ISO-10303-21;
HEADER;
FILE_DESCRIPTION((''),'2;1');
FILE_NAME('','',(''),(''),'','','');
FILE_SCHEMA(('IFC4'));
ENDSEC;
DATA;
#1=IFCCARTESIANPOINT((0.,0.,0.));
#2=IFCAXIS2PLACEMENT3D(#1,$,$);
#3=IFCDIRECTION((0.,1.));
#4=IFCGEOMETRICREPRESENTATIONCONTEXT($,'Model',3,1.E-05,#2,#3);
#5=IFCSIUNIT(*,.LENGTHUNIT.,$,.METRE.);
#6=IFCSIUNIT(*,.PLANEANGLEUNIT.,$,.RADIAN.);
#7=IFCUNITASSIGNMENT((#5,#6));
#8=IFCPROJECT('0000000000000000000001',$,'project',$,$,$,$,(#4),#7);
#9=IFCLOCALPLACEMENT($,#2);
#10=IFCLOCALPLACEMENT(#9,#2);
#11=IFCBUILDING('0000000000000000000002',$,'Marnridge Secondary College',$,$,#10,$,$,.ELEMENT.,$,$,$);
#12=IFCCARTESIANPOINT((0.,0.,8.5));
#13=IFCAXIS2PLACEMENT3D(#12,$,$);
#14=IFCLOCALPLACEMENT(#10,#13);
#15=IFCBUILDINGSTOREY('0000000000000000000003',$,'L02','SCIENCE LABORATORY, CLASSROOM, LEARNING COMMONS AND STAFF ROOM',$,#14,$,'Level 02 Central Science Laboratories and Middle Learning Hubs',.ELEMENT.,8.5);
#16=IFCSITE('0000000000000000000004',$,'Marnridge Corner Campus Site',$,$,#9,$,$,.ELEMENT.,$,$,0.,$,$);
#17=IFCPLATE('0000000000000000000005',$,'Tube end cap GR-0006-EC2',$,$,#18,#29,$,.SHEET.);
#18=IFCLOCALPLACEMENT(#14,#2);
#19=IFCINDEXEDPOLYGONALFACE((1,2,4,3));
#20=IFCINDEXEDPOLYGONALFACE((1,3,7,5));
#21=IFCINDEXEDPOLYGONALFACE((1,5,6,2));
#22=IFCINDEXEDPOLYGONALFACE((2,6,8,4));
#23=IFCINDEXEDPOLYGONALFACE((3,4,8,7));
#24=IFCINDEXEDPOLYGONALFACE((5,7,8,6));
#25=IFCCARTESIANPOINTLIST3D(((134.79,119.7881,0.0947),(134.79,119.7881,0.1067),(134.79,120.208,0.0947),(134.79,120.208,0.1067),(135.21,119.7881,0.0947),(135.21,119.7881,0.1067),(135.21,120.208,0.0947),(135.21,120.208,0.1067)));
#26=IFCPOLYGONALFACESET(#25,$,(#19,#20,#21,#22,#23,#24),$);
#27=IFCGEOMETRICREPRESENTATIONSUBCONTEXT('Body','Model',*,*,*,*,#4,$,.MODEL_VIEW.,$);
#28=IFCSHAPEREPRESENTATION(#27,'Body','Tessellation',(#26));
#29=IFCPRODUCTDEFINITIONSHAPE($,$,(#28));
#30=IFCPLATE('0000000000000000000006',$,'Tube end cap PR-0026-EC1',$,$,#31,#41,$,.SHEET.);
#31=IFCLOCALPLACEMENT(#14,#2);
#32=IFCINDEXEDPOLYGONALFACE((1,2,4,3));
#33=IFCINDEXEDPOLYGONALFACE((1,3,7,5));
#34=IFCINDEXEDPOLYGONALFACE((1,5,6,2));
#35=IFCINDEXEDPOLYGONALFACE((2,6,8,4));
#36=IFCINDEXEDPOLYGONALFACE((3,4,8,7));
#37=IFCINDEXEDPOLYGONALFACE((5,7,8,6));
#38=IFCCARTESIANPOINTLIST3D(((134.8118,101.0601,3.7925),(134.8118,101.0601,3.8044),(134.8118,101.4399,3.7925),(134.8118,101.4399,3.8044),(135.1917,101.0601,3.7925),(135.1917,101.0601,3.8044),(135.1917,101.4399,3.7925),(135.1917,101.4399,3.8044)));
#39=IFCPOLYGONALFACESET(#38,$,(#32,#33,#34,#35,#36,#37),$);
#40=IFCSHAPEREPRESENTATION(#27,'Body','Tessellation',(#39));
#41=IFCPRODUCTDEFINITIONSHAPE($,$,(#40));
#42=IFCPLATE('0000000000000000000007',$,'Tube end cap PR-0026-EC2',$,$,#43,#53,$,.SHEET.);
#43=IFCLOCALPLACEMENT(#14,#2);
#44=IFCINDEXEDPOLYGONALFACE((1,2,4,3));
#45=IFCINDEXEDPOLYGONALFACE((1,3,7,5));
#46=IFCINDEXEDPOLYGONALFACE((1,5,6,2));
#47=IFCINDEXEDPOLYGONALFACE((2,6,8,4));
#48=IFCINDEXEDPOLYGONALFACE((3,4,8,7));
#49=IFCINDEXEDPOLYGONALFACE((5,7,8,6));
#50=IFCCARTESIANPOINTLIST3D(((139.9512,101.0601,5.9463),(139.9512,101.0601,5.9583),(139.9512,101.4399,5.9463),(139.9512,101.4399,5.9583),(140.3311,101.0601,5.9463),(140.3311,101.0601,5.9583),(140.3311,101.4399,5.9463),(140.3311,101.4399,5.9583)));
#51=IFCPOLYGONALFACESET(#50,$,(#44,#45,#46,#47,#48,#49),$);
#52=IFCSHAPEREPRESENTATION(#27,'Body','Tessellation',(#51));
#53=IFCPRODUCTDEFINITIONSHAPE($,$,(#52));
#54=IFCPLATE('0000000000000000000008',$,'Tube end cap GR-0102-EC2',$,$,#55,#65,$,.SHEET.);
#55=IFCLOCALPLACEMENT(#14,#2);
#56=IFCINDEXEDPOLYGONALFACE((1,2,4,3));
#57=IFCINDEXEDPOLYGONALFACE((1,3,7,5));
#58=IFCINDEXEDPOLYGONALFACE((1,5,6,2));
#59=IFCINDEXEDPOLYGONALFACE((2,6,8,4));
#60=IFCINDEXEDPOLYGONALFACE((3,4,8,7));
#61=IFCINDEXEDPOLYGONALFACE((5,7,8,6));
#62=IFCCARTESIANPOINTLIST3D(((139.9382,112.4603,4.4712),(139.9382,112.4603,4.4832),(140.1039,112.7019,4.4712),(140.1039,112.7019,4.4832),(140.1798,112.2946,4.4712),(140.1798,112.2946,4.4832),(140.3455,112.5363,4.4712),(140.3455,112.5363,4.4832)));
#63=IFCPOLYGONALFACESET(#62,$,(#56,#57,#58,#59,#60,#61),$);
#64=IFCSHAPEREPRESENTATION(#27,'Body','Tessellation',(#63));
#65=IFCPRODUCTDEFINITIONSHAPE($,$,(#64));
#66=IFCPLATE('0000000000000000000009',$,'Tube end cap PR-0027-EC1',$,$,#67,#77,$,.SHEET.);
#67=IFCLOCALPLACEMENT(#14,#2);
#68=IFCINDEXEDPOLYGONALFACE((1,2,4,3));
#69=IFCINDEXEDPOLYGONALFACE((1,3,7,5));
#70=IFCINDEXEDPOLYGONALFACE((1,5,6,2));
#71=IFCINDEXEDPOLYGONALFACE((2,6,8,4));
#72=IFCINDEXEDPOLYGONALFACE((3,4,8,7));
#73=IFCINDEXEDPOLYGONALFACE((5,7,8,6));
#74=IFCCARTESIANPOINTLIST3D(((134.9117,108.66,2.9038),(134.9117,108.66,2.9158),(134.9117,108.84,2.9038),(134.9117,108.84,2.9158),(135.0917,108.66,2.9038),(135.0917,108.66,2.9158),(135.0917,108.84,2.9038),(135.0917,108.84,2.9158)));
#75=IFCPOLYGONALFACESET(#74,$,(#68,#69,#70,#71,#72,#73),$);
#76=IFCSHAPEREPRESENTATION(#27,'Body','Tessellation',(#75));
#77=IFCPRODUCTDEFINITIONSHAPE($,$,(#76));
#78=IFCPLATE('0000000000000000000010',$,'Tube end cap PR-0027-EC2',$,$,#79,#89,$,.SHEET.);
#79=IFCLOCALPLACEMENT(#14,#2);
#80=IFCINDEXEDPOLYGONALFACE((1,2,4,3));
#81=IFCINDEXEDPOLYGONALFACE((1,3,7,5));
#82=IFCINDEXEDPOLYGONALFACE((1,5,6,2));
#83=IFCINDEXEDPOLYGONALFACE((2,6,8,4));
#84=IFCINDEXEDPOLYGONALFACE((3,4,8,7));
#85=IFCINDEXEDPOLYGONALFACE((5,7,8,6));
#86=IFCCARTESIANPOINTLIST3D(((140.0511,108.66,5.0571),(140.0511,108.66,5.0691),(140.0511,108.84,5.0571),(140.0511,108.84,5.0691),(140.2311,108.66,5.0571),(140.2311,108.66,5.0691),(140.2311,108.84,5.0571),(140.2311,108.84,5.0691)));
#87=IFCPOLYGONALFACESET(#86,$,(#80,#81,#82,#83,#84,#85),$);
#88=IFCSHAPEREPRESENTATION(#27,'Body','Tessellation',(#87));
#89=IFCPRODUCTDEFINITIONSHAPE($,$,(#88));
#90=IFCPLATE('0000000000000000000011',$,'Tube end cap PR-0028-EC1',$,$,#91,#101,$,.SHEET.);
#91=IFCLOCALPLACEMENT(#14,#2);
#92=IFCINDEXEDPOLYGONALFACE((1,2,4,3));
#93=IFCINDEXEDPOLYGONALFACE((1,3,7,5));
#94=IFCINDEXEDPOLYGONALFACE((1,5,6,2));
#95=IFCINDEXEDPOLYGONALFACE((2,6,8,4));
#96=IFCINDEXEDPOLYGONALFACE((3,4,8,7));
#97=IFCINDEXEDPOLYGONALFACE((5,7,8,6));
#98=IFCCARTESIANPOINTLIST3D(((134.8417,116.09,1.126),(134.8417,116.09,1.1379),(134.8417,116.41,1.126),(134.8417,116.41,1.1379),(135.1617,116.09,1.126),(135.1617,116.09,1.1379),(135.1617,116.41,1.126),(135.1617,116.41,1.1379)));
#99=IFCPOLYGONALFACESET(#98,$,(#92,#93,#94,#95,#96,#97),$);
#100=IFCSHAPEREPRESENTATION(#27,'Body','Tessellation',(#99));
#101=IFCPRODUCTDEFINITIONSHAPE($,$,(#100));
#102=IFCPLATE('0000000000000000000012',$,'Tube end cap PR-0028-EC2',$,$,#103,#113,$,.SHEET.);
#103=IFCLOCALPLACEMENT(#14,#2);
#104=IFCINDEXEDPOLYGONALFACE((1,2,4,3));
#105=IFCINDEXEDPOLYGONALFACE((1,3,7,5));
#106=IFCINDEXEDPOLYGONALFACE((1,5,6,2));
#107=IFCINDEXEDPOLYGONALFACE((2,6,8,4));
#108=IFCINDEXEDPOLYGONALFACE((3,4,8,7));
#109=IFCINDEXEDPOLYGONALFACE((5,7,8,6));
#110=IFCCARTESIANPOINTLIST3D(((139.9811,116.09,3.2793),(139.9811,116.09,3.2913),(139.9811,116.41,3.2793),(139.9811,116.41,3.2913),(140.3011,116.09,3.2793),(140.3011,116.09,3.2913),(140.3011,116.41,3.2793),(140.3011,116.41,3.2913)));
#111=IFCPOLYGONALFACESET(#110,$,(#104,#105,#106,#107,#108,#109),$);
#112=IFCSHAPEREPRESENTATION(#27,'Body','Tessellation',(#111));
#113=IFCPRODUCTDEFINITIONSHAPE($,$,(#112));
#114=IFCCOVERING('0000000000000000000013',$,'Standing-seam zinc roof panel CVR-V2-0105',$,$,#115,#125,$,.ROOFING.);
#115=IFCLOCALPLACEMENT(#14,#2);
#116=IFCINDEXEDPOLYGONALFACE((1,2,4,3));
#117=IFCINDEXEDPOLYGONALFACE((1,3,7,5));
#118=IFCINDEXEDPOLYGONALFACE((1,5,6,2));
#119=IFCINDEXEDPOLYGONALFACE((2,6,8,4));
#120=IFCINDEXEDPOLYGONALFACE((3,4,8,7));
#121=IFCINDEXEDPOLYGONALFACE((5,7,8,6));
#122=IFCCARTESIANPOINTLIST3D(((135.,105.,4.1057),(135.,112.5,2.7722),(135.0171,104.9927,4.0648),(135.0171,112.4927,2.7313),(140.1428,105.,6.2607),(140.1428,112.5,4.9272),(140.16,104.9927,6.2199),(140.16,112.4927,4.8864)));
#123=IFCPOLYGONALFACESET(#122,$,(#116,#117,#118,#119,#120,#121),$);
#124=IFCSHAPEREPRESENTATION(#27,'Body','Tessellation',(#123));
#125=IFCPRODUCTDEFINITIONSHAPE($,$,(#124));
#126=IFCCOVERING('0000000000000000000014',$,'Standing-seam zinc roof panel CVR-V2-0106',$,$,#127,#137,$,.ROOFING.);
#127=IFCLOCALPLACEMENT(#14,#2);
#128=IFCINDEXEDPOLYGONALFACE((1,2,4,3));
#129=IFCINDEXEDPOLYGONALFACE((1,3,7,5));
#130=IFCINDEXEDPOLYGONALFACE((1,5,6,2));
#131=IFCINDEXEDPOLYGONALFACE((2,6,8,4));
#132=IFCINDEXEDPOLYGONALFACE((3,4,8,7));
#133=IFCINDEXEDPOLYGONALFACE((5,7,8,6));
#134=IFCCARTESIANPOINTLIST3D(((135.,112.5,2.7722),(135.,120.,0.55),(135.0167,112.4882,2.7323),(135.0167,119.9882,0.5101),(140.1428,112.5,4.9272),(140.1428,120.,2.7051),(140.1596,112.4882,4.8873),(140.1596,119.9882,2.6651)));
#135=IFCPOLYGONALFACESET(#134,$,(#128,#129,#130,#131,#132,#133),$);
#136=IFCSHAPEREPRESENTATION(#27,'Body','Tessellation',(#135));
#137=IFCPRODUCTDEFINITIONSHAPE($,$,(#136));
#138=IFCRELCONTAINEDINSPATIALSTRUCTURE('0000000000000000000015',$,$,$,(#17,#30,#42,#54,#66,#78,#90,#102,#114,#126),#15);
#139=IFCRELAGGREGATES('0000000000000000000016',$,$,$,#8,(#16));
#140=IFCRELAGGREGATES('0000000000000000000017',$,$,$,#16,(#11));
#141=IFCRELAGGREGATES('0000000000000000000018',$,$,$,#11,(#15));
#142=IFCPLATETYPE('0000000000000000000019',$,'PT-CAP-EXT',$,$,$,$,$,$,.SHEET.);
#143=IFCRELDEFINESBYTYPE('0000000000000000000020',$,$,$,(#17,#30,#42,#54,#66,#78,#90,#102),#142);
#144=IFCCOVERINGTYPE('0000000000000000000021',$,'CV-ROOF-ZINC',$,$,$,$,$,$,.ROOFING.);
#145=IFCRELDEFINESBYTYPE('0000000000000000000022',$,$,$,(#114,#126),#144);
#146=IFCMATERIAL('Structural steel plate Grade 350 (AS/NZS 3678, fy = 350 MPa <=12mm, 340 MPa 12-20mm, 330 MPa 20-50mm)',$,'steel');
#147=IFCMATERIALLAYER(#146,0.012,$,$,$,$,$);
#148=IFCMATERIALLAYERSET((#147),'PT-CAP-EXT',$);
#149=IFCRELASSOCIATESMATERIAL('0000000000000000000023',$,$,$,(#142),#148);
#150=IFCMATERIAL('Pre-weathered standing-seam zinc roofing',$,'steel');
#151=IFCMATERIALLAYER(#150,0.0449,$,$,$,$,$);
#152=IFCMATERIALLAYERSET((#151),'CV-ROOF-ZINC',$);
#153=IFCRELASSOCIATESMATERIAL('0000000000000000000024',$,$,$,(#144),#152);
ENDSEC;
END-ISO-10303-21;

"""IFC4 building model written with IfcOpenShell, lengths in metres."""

from ifc_helpers import new_model, si_unit, direction, frame, origin, origin_2d, place, context, subcontext, project, spatial, polyline, rectangle, outline, extrude, material, layer, layer_set, type_object, element, save


model = new_model("IFC4")

# Units and contexts
model_context = context("Model", 3, precision=1e-05, world=origin(), true_north=direction((0.0, 1.0)))
body_context = subcontext(model_context, "Body", "Model", "MODEL_VIEW")
ifc_project = project(units=[si_unit("LENGTHUNIT", "METRE"), si_unit("PLANEANGLEUNIT", "RADIAN")], contexts=[model_context])

# Site, building, storey
site_placement = place(None, origin())
site = spatial("IfcSite", under=ifc_project, at=site_placement, Name="Marnridge Corner Campus Site", CompositionType="ELEMENT", RefElevation=0.0)
building_placement = place(site_placement, origin())
building = spatial("IfcBuilding", under=site, at=building_placement, Name="Marnridge Secondary College", CompositionType="ELEMENT")
storey_placement = place(building_placement, frame((0.0, 0.0, 8.5)))
storey = spatial("IfcBuildingStorey", under=building, at=storey_placement, Name="L02", Description="SCIENCE LABORATORY, CLASSROOM, LEARNING COMMONS AND STAFF ROOM", LongName="Level 02 Central Science Laboratories and Middle Learning Hubs", CompositionType="ELEMENT", Elevation=8.5)

# Plates
ifc_material_1 = material(Name="Structural steel plate Grade 350 (AS/NZS 3678, fy = 350 MPa <=12mm, 340 MPa 12-20mm, 330 MPa 20-50mm)", Category="steel")
ifc_layer_1 = layer(ifc_material_1, 0.012)
ifc_layer_set_1 = layer_set([ifc_layer_1], Name="PT-CAP-EXT")
plate_type = type_object("IfcPlateType", Name="PT-CAP-EXT", PredefinedType="SHEET", material=ifc_layer_set_1)
plate_1_placement = place(storey_placement, frame((135.0, 119.998, 0.0947), z_axis=(0.0, 0.0, 1.0), x_axis=(0.0, 1.0, 0.0)))
element("IfcPlate", 1, at=plate_1_placement, inside=storey, type_object=plate_type, Name="Tube end cap GR-0006-EC2", PredefinedType="SHEET", context=body_context, shape_type="SweptSolid", body=[
    extrude(rectangle(XDim=0.4199, YDim=0.4199, at=origin_2d()), origin(), (0.0, 0.0, 1.0), 0.012),
])
for number, where, z_axis, x_axis, name in (
    (2, (135.0017, 101.25, 3.7925), (0.0, 0.0, 1.0), (1.0, 0.0, 0.0), "Tube end cap PR-0026-EC1"),
    (3, (140.1411, 101.25, 5.9463), (0.0, 0.0, 1.0), (1.0, 0.0, 0.0), "Tube end cap PR-0026-EC2"),
):
    element("IfcPlate", number, at=place(storey_placement, frame(where, z_axis=z_axis, x_axis=x_axis)), inside=storey, type_object=plate_type, Name=name, PredefinedType="SHEET", context=body_context, shape_type="SweptSolid", body=[
        extrude(rectangle(XDim=0.3799, YDim=0.3799, at=origin_2d()), origin(), (0.0, 0.0, 1.0), 0.012),
    ])
plate_2_placement = place(storey_placement, frame((140.1418, 112.4983, 4.4712), z_axis=(0.0, 0.0, 1.0), x_axis=(0.565543, 0.824719, 0.0)))
element("IfcPlate", 4, at=plate_2_placement, inside=storey, type_object=plate_type, Name="Tube end cap GR-0102-EC2", PredefinedType="SHEET", context=body_context, shape_type="SweptSolid", body=[
    extrude(rectangle(XDim=0.293, YDim=0.293, at=origin_2d()), origin(), (0.0, 0.0, 1.0), 0.012),
])
for number, where, z_axis, x_axis, name in (
    (5, (135.0017, 108.75, 2.9038), (0.0, 0.0, 1.0), (1.0, 0.0, 0.0), "Tube end cap PR-0027-EC1"),
    (6, (140.1411, 108.75, 5.0571), (0.0, 0.0, 1.0), (1.0, 0.0, 0.0), "Tube end cap PR-0027-EC2"),
):
    element("IfcPlate", number, at=place(storey_placement, frame(where, z_axis=z_axis, x_axis=x_axis)), inside=storey, type_object=plate_type, Name=name, PredefinedType="SHEET", context=body_context, shape_type="SweptSolid", body=[
        extrude(rectangle(XDim=0.1799, YDim=0.1799, at=origin_2d()), origin(), (0.0, 0.0, 1.0), 0.012),
    ])
for number, where, z_axis, x_axis, name in (
    (7, (135.0017, 116.25, 1.126), (0.0, 0.0, 1.0), (1.0, 0.0, 0.0), "Tube end cap PR-0028-EC1"),
    (8, (140.1411, 116.25, 3.2793), (0.0, 0.0, 1.0), (1.0, 0.0, 0.0), "Tube end cap PR-0028-EC2"),
):
    element("IfcPlate", number, at=place(storey_placement, frame(where, z_axis=z_axis, x_axis=x_axis)), inside=storey, type_object=plate_type, Name=name, PredefinedType="SHEET", context=body_context, shape_type="SweptSolid", body=[
        extrude(rectangle(XDim=0.3201, YDim=0.3201, at=origin_2d()), origin(), (0.0, 0.0, 1.0), 0.012),
    ])

# Coverings
ifc_material_2 = material(Name="Pre-weathered standing-seam zinc roofing", Category="steel")
ifc_layer_2 = layer(ifc_material_2, 0.0449)
ifc_layer_set_2 = layer_set([ifc_layer_2], Name="CV-ROOF-ZINC")
covering_type = type_object("IfcCoveringType", Name="CV-ROOF-ZINC", PredefinedType="ROOFING", material=ifc_layer_set_2)
covering_1_placement = place(storey_placement, frame((135.0, 105.0, 4.1057), z_axis=(-0.381383, 0.161823, 0.910143), x_axis=(0.922299, 0.0, 0.386477)))
element("IfcCovering", 9, at=covering_1_placement, inside=storey, type_object=covering_type, Name="Standing-seam zinc roof panel CVR-V2-0105", PredefinedType="ROOFING", context=body_context, shape_type="SweptSolid", body=[
    extrude(outline(polyline([(0.0, 0.0), (5.5761, 0.0), (5.0607, 7.6002), (-0.5154, 7.6002), (0.0, 0.0)])), origin(), (0.0, 0.0, -1.0), 0.0449),
])
covering_2_placement = place(storey_placement, frame((135.0, 112.5, 2.7722), z_axis=(-0.372808, 0.263602, 0.889679), x_axis=(0.922299, 0.0, 0.386477)))
element("IfcCovering", 10, at=covering_2_placement, inside=storey, type_object=covering_type, Name="Standing-seam zinc roof panel CVR-V2-0106", PredefinedType="ROOFING", context=body_context, shape_type="SweptSolid", body=[
    extrude(outline(polyline([(0.0, 0.0), (5.5761, 0.0), (4.7173, 7.775), (-0.8588, 7.775), (0.0, 0.0)])), origin(), (0.0, 0.0, -1.0), 0.0449),
])

save(model, "model.ifc")
